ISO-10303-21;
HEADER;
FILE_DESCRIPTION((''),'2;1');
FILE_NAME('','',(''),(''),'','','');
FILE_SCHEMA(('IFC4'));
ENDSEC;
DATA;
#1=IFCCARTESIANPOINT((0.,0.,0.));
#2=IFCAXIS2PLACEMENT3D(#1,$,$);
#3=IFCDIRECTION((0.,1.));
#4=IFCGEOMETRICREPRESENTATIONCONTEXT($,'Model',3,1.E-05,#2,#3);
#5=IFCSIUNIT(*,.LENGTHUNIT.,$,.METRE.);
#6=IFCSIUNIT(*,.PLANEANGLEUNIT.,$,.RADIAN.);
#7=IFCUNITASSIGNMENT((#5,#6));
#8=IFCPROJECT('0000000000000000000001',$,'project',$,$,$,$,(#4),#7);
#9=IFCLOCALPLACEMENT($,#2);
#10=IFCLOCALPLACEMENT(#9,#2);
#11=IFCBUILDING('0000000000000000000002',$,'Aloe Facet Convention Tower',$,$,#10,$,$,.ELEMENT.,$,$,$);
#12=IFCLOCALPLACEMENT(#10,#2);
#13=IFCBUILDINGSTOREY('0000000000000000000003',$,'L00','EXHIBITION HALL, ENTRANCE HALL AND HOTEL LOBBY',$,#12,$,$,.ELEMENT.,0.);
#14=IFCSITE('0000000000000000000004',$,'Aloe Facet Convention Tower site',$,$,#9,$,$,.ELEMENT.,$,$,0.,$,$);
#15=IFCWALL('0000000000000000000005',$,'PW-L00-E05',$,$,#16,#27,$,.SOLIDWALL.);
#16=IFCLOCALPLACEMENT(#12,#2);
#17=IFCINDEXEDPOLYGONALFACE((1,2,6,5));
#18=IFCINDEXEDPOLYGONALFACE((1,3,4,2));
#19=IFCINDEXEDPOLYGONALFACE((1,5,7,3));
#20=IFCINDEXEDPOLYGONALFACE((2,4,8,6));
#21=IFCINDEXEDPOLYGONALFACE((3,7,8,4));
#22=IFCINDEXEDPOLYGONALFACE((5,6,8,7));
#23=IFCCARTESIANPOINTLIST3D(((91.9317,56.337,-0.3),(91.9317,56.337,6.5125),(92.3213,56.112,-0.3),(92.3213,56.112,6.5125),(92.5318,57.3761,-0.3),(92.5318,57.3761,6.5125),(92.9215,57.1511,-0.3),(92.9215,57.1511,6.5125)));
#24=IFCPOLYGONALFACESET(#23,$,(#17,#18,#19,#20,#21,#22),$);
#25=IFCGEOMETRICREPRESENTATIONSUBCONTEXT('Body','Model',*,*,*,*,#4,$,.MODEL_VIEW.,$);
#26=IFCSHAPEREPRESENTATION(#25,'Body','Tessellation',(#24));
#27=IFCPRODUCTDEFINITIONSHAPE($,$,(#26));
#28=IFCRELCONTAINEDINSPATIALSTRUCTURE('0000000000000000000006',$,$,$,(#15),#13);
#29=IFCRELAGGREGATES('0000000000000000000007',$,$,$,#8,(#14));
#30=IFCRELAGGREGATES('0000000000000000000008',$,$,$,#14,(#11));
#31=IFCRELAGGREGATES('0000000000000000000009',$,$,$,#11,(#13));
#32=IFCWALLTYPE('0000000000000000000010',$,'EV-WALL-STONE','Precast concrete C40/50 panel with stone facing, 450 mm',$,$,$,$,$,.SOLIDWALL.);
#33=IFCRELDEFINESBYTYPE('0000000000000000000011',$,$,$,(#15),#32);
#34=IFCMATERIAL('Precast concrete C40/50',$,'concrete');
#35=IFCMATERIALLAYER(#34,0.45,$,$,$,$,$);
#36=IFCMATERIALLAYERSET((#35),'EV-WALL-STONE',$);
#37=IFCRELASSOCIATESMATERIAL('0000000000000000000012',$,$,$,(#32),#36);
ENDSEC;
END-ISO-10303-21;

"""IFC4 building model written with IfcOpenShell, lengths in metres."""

from ifc_helpers import new_model, si_unit, direction, frame, frame_2d, origin, place, context, subcontext, project, spatial, rectangle, extrude, material, layer, layer_set, type_object, element, save


model = new_model("IFC4")

# Units and contexts
model_context = context("Model", 3, precision=1e-05, world=origin(), true_north=direction((0.0, 1.0)))
body_context = subcontext(model_context, "Body", "Model", "MODEL_VIEW")
ifc_project = project(units=[si_unit("LENGTHUNIT", "METRE"), si_unit("PLANEANGLEUNIT", "RADIAN")], contexts=[model_context])

# Site, building, storey
site_placement = place(None, origin())
site = spatial("IfcSite", under=ifc_project, at=site_placement, Name="Aloe Facet Convention Tower site", CompositionType="ELEMENT", RefElevation=0.0)
building_placement = place(site_placement, origin())
building = spatial("IfcBuilding", under=site, at=building_placement, Name="Aloe Facet Convention Tower", CompositionType="ELEMENT")
storey_placement = place(building_placement, origin())
storey = spatial("IfcBuildingStorey", under=building, at=storey_placement, Name="L00", Description="EXHIBITION HALL, ENTRANCE HALL AND HOTEL LOBBY", CompositionType="ELEMENT", Elevation=0.0)

# Shared definitions
ifc_material_1 = material(Name="Precast concrete C40/50", Category="concrete")
ifc_layer_1 = layer(ifc_material_1, 0.45)
ifc_layer_set_1 = layer_set([ifc_layer_1], Name="EV-WALL-STONE")
wall_type_1 = type_object("IfcWallType", Name="EV-WALL-STONE", Description="Precast concrete C40/50 panel with stone facing, 450 mm", PredefinedType="SOLIDWALL", material=ifc_layer_set_1)

# Wall
wall_1_placement = place(storey_placement, frame((92.1265, 56.2244, -0.3), z_axis=(0.0, 0.0, 1.0), x_axis=(0.500122, 0.865955, 0.0)))
element("IfcWall", 1, at=wall_1_placement, inside=storey, type_object=wall_type_1, Name="PW-L00-E05", PredefinedType="SOLIDWALL", context=body_context, shape_type="SweptSolid", body=[
    extrude(rectangle(XDim=1.2, YDim=0.45, at=frame_2d((0.6001, 0.0))), origin(), (0.0, 0.0, 1.0), 6.8125),
])

save(model, "model.ifc")
